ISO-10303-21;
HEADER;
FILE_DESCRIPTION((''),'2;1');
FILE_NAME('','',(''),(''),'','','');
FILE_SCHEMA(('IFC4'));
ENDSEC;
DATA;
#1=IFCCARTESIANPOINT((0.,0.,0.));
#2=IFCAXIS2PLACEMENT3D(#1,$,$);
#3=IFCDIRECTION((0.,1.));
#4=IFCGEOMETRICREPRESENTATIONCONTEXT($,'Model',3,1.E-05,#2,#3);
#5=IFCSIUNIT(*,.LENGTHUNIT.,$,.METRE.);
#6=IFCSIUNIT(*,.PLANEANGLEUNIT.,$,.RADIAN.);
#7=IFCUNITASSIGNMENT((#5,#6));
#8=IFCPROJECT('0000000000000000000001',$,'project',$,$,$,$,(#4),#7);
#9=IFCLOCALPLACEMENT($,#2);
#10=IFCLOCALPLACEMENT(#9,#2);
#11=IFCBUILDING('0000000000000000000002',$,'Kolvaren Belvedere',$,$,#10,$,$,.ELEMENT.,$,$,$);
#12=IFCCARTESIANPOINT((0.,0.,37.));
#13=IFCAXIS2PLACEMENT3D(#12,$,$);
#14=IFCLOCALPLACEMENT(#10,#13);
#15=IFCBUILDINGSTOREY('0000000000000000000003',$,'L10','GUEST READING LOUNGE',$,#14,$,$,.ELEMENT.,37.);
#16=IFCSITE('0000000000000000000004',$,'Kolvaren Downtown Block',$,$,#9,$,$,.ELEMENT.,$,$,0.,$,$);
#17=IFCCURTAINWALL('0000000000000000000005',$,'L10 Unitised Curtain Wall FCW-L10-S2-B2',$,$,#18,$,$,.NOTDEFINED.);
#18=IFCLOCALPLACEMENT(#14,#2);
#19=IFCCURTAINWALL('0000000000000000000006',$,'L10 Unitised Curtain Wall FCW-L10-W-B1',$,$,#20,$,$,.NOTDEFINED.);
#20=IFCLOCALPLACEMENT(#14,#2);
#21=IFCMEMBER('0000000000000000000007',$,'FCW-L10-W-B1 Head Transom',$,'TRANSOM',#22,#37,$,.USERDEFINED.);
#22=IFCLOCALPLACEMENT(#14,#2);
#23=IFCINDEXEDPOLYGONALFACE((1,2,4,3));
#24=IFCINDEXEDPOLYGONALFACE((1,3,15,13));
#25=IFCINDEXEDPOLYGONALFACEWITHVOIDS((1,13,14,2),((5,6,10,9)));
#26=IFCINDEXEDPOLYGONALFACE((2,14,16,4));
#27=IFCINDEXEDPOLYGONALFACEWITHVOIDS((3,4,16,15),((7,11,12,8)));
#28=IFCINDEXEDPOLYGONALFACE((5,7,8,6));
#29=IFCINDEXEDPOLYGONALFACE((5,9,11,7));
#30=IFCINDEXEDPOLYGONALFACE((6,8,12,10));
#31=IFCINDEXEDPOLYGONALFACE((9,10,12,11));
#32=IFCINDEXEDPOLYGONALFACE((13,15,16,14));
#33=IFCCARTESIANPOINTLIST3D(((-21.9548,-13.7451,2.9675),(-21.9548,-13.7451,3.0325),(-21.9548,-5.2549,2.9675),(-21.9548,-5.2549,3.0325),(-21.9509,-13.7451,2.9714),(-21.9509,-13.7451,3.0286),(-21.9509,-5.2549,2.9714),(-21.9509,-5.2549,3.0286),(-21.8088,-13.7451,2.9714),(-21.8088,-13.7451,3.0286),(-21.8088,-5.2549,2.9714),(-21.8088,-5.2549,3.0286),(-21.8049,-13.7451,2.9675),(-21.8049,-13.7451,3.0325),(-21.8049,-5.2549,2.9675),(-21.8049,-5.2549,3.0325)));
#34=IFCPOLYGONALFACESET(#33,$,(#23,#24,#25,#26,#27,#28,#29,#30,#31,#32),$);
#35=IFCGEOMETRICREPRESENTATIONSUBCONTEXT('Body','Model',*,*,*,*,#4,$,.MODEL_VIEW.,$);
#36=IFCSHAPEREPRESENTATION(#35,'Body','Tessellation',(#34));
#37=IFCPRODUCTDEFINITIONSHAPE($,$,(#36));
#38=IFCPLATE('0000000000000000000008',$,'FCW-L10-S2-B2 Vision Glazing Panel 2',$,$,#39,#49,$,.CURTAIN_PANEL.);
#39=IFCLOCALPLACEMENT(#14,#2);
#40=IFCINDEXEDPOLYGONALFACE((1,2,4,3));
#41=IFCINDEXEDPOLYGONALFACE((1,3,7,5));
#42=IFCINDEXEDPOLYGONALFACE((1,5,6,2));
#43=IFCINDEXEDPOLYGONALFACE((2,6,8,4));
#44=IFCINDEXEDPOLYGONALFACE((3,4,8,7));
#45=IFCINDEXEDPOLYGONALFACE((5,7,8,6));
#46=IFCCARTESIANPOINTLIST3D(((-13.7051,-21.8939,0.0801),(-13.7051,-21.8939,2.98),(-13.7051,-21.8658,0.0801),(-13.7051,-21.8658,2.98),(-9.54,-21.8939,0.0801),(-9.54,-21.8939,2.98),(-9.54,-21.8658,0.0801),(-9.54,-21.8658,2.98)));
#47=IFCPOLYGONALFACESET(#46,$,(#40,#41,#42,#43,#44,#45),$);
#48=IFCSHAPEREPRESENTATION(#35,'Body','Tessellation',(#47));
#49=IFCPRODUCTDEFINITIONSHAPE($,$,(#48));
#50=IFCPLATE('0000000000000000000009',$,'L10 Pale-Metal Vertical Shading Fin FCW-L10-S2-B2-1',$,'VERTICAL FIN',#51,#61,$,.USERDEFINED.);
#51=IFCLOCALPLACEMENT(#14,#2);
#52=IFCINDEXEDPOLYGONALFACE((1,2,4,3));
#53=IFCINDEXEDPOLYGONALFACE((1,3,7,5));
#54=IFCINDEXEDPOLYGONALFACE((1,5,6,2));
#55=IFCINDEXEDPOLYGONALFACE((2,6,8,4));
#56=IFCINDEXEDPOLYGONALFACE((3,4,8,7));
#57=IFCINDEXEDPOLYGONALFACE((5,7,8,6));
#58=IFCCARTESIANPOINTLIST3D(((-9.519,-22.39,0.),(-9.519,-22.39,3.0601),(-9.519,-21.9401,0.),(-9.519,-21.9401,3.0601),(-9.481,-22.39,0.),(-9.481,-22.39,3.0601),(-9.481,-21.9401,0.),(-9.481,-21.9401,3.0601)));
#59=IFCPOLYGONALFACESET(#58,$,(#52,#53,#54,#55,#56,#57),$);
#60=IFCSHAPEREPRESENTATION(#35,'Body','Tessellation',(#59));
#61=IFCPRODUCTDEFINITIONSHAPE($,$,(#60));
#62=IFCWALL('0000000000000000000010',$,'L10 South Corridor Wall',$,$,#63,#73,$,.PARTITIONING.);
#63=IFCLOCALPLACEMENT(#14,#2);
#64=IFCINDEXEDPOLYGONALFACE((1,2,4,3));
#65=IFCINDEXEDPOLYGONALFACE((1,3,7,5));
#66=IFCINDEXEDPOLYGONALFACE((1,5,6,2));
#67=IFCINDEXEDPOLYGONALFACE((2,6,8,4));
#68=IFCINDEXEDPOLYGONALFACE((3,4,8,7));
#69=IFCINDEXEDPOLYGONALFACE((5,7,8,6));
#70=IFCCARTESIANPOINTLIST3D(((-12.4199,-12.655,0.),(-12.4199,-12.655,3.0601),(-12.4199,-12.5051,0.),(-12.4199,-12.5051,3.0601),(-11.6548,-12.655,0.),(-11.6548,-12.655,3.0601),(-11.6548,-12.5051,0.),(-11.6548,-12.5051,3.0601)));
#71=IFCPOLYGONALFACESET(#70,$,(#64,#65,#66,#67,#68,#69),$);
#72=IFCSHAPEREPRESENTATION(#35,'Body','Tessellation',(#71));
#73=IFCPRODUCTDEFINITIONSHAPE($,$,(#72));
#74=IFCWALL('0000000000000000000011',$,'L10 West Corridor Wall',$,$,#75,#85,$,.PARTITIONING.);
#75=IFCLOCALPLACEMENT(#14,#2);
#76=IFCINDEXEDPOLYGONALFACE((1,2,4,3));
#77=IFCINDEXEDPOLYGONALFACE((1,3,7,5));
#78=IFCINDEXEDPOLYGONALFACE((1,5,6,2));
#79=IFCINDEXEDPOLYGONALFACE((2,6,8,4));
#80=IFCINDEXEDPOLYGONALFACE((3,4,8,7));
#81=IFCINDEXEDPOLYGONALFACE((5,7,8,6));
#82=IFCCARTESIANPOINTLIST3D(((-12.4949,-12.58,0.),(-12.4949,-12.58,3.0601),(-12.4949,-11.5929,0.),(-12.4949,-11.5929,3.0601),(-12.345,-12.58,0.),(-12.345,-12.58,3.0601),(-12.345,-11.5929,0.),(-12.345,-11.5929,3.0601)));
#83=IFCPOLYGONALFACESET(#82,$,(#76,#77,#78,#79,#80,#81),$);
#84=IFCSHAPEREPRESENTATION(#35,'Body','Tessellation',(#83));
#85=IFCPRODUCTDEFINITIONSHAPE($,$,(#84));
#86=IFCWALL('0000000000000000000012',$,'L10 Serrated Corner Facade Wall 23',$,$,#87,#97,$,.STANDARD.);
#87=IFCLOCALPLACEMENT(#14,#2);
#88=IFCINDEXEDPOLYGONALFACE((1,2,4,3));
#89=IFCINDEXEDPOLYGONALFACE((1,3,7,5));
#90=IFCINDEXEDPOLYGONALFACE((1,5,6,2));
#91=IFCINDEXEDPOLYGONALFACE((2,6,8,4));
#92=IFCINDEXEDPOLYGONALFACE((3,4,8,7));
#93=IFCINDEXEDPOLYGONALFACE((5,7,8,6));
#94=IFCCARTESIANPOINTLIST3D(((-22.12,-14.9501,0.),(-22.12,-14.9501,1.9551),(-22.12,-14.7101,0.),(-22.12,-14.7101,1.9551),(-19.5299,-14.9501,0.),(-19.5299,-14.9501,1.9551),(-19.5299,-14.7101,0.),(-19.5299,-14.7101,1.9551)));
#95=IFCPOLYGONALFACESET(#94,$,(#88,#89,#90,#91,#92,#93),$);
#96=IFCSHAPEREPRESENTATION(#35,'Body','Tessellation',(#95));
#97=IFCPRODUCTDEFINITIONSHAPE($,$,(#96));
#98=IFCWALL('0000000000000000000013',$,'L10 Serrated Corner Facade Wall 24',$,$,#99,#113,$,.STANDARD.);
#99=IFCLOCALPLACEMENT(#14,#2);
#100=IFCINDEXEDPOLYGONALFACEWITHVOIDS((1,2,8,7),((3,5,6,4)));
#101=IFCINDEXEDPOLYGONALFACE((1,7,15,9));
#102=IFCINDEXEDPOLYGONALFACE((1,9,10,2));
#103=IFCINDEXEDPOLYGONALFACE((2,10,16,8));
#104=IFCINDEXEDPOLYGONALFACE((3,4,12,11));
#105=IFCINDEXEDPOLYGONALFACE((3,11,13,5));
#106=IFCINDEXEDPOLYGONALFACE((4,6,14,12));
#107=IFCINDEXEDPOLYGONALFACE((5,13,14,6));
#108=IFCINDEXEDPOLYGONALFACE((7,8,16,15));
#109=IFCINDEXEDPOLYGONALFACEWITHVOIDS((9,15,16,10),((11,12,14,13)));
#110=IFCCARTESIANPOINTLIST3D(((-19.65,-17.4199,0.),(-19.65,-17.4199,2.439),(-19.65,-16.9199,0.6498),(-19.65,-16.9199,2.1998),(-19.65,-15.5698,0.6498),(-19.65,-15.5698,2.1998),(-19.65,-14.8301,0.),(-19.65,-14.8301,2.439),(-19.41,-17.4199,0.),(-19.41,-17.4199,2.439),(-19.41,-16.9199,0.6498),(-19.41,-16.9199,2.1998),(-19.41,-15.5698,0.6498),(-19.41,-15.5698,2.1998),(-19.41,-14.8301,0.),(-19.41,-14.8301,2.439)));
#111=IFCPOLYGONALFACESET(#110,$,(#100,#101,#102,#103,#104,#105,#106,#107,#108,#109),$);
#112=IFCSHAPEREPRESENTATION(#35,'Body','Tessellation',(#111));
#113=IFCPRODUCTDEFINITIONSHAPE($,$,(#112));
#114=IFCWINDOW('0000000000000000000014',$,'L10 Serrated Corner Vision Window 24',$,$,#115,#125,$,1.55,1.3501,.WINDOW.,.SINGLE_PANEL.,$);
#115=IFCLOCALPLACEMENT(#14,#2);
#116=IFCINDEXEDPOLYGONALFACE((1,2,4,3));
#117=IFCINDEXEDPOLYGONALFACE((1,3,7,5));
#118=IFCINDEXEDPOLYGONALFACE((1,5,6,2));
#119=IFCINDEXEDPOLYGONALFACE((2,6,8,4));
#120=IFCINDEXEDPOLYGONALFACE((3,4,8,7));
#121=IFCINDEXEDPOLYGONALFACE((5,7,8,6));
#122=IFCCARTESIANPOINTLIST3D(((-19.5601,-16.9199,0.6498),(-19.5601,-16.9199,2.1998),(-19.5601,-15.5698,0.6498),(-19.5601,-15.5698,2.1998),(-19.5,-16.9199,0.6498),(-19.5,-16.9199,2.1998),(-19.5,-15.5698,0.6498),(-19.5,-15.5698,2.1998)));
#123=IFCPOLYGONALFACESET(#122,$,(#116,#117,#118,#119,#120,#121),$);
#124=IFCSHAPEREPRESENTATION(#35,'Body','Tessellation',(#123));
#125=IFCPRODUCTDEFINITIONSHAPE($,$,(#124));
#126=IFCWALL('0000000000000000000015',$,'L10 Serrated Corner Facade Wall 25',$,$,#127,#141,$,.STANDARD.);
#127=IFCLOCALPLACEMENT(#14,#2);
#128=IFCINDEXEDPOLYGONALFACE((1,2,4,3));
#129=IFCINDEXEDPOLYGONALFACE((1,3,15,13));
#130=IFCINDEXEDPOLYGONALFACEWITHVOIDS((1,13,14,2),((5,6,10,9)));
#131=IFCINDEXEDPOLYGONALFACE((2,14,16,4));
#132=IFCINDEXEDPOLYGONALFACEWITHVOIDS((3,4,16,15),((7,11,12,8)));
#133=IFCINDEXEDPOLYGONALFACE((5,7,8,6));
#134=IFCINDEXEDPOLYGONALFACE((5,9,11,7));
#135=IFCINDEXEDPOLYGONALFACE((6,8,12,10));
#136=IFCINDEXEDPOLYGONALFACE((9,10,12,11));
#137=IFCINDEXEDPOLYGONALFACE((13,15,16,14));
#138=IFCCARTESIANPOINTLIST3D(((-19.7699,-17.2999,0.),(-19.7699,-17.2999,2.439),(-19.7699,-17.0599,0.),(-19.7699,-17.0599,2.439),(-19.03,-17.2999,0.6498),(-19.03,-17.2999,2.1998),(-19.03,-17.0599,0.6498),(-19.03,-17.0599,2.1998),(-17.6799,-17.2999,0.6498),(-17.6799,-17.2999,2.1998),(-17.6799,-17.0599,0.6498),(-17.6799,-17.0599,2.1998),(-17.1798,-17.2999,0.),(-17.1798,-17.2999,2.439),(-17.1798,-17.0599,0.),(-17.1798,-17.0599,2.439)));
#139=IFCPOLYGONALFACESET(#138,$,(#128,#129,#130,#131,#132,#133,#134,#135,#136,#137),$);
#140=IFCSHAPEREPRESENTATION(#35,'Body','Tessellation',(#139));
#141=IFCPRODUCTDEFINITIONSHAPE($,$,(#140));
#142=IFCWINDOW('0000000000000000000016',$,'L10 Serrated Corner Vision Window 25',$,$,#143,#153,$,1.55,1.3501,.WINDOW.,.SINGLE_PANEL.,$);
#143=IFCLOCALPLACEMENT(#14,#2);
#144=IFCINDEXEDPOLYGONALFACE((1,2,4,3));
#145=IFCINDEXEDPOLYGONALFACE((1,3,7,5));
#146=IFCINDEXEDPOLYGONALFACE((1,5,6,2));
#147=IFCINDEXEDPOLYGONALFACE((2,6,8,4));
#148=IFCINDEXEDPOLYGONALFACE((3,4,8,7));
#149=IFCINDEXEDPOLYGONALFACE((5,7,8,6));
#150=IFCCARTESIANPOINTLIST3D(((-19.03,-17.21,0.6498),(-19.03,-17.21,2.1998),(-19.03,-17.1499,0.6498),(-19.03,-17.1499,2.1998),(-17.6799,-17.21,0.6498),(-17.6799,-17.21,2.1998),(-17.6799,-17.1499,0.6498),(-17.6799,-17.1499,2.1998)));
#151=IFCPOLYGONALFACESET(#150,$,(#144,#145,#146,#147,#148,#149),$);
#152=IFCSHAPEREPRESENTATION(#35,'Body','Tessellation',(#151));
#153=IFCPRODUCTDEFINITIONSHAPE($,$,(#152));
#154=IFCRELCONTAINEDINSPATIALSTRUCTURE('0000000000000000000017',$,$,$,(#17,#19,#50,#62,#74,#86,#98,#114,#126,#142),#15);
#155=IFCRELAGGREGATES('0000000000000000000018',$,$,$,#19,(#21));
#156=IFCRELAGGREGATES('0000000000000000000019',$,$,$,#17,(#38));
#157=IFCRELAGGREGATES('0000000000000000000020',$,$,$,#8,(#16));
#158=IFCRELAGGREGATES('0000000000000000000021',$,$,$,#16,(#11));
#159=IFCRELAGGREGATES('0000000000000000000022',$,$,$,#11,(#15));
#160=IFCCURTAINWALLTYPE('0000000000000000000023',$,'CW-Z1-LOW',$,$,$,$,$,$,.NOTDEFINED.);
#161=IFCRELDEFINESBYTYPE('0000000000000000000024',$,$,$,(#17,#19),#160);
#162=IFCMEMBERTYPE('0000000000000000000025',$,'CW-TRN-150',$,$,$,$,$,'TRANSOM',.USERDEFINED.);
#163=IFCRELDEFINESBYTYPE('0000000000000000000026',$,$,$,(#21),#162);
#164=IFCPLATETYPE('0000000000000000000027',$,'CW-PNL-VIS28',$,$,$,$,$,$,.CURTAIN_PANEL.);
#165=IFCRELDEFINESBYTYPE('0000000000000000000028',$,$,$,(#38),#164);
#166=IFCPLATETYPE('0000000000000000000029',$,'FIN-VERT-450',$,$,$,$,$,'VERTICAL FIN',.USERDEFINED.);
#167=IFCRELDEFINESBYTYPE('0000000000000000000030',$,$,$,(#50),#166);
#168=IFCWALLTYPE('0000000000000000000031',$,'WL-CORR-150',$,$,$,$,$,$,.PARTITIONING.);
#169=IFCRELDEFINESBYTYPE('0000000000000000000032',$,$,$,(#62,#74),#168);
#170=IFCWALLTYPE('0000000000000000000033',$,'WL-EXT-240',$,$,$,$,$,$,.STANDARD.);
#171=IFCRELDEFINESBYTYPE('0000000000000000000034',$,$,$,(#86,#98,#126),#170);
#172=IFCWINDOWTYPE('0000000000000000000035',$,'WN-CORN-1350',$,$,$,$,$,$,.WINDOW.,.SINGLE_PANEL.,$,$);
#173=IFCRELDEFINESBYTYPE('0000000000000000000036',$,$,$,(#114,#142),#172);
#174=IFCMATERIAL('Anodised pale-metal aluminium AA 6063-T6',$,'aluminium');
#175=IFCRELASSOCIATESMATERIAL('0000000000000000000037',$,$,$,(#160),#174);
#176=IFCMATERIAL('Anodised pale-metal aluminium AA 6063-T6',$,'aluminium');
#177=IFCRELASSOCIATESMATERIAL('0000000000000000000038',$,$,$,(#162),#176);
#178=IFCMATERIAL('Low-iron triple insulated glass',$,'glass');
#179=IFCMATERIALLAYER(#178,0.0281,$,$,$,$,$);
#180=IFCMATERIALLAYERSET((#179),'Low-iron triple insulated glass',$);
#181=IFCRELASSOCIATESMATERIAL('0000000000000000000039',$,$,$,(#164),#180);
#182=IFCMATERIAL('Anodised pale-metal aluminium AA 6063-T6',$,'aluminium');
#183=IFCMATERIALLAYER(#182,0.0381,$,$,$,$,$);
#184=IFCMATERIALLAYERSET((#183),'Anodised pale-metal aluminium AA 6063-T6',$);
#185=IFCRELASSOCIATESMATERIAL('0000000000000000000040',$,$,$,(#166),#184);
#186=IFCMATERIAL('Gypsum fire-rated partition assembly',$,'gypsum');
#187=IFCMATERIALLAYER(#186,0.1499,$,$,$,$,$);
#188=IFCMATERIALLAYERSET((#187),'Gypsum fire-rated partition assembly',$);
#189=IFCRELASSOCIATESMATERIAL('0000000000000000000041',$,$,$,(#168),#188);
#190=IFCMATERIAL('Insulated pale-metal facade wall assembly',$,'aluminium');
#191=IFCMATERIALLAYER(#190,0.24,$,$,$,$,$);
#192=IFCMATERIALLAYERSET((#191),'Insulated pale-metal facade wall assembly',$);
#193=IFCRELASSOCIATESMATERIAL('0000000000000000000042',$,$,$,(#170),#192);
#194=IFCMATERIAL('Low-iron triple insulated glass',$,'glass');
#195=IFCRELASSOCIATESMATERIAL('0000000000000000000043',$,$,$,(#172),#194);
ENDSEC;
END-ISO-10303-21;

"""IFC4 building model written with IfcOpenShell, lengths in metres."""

from ifc_helpers import new_model, si_unit, direction, frame, frame_2d, origin, origin_2d, place, context, subcontext, project, spatial, rectangle, hollow_rectangle, extrude, material, layer, layer_set, material_profile, profile_set, type_object, element, fill, aggregate, save


model = new_model("IFC4")

# Units and contexts
model_context = context("Model", 3, precision=1e-05, world=origin(), true_north=direction((0.0, 1.0)))
body_context = subcontext(model_context, "Body", "Model", "MODEL_VIEW")
ifc_project = project(units=[si_unit("LENGTHUNIT", "METRE"), si_unit("PLANEANGLEUNIT", "RADIAN")], contexts=[model_context])

# Site, building, storey
site_placement = place(None, origin())
site = spatial("IfcSite", under=ifc_project, at=site_placement, Name="Kolvaren Downtown Block", CompositionType="ELEMENT", RefElevation=0.0)
building_placement = place(site_placement, origin())
building = spatial("IfcBuilding", under=site, at=building_placement, Name="Kolvaren Belvedere", CompositionType="ELEMENT")
storey_placement = place(building_placement, frame((0.0, 0.0, 37.0)))
storey = spatial("IfcBuildingStorey", under=building, at=storey_placement, Name="L10", Description="GUEST READING LOUNGE", CompositionType="ELEMENT", Elevation=37.0)

# Curtain walls, member
ifc_material_1 = material(Name="Anodised pale-metal aluminium AA 6063-T6", Category="aluminium")
curtain_wall_type = type_object("IfcCurtainWallType", Name="CW-Z1-LOW", PredefinedType="NOTDEFINED", material=ifc_material_1)
curtain_wall_1_placement = place(storey_placement, origin())
curtain_wall_1 = element("IfcCurtainWall", 1, at=curtain_wall_1_placement, inside=storey, type_object=curtain_wall_type, Name="L10 Unitised Curtain Wall FCW-L10-S2-B2", PredefinedType="NOTDEFINED")
curtain_wall_2_placement = place(storey_placement, origin())
curtain_wall_2 = element("IfcCurtainWall", 2, at=curtain_wall_2_placement, inside=storey, type_object=curtain_wall_type, Name="L10 Unitised Curtain Wall FCW-L10-W-B1", PredefinedType="NOTDEFINED")
ifc_material_2 = material(Name="Anodised pale-metal aluminium AA 6063-T6", Category="aluminium")
ifc_material_profile_1 = material_profile(ifc_material_2, hollow_rectangle(XDim=0.0649, YDim=0.1499, WallThickness=0.0039, at=origin_2d()), Name="ALU-TRN-150X65")
ifc_profile_set_1 = profile_set([ifc_material_profile_1], Name="Anodised pale-metal aluminium AA 6063-T6")
member_type_1 = type_object("IfcMemberType", Name="CW-TRN-150", ElementType="TRANSOM", PredefinedType="USERDEFINED", material=ifc_profile_set_1)
member_1_placement = place(storey_placement, frame((-21.8799, -13.7451, 3.0), z_axis=(0.0, 1.0, 0.0), x_axis=(0.0, 0.0, 1.0)))
member_1 = element("IfcMember", 3, at=member_1_placement, type_object=member_type_1, Name="FCW-L10-W-B1 Head Transom", ObjectType="TRANSOM", PredefinedType="USERDEFINED", context=body_context, shape_type="SweptSolid", body=[
    extrude(hollow_rectangle(XDim=0.0649, YDim=0.1499, WallThickness=0.0039, at=origin_2d()), origin(), (0.0, 0.0, 1.0), 8.4902),
])
aggregate(curtain_wall_2, [member_1])

# Plates
ifc_material_3 = material(Name="Low-iron triple insulated glass", Category="glass")
ifc_layer_1 = layer(ifc_material_3, 0.0281)
ifc_layer_set_1 = layer_set([ifc_layer_1], Name="Low-iron triple insulated glass")
plate_type_1 = type_object("IfcPlateType", Name="CW-PNL-VIS28", PredefinedType="CURTAIN_PANEL", material=ifc_layer_set_1)
plate_1_placement = place(storey_placement, frame((-11.6226, -21.8799, 0.0801), z_axis=(0.0, 0.0, 1.0), x_axis=(-1.0, 0.0, 0.0)))
plate_1 = element("IfcPlate", 4, at=plate_1_placement, type_object=plate_type_1, Name="FCW-L10-S2-B2 Vision Glazing Panel 2", PredefinedType="CURTAIN_PANEL", context=body_context, shape_type="SweptSolid", body=[
    extrude(rectangle(XDim=4.165, YDim=0.0281, at=origin_2d()), origin(), (0.0, 0.0, 1.0), 2.8999),
])
aggregate(curtain_wall_1, [plate_1])
ifc_material_4 = material(Name="Anodised pale-metal aluminium AA 6063-T6", Category="aluminium")
ifc_layer_2 = layer(ifc_material_4, 0.0381)
ifc_layer_set_2 = layer_set([ifc_layer_2], Name="Anodised pale-metal aluminium AA 6063-T6")
plate_type_2 = type_object("IfcPlateType", Name="FIN-VERT-450", ElementType="VERTICAL FIN", PredefinedType="USERDEFINED", material=ifc_layer_set_2)
plate_2_placement = place(storey_placement, frame((-9.5, -22.165, 0.0), z_axis=(0.0, 0.0, 1.0), x_axis=(0.0, 1.0, 0.0)))
element("IfcPlate", 5, at=plate_2_placement, inside=storey, type_object=plate_type_2, Name="L10 Pale-Metal Vertical Shading Fin FCW-L10-S2-B2-1", ObjectType="VERTICAL FIN", PredefinedType="USERDEFINED", context=body_context, shape_type="SweptSolid", body=[
    extrude(rectangle(XDim=0.45, YDim=0.0381, at=origin_2d()), origin(), (0.0, 0.0, 1.0), 3.0601),
])

# Walls
ifc_material_5 = material(Name="Gypsum fire-rated partition assembly", Category="gypsum")
ifc_layer_3 = layer(ifc_material_5, 0.1499)
ifc_layer_set_3 = layer_set([ifc_layer_3], Name="Gypsum fire-rated partition assembly")
wall_type_1 = type_object("IfcWallType", Name="WL-CORR-150", PredefinedType="PARTITIONING", material=ifc_layer_set_3)
wall_1_placement = place(storey_placement, frame((-12.4199, -12.5801, 0.0), z_axis=(0.0, 0.0, 1.0), x_axis=(1.0, 0.0, 0.0)))
element("IfcWall", 6, at=wall_1_placement, inside=storey, type_object=wall_type_1, Name="L10 South Corridor Wall", PredefinedType="PARTITIONING", context=body_context, shape_type="SweptSolid", body=[
    extrude(rectangle(XDim=0.7651, YDim=0.1499, at=frame_2d((0.3826, 0.0))), origin(), (0.0, 0.0, 1.0), 3.0601),
])
wall_2_placement = place(storey_placement, frame((-12.4199, -12.5801, 0.0), z_axis=(0.0, 0.0, 1.0), x_axis=(0.0, 1.0, 0.0)))
element("IfcWall", 7, at=wall_2_placement, inside=storey, type_object=wall_type_1, Name="L10 West Corridor Wall", PredefinedType="PARTITIONING", context=body_context, shape_type="SweptSolid", body=[
    extrude(rectangle(XDim=0.9871, YDim=0.1499, at=frame_2d((0.4937, 0.0))), origin(), (0.0, 0.0, 1.0), 3.0601),
])
ifc_material_6 = material(Name="Insulated pale-metal facade wall assembly", Category="aluminium")
ifc_layer_4 = layer(ifc_material_6, 0.24)
ifc_layer_set_4 = layer_set([ifc_layer_4], Name="Insulated pale-metal facade wall assembly")
wall_type_2 = type_object("IfcWallType", Name="WL-EXT-240", PredefinedType="STANDARD", material=ifc_layer_set_4)
wall_3_placement = place(storey_placement, frame((-19.53, -14.8301, 0.0), z_axis=(0.0, 0.0, 1.0), x_axis=(-1.0, 0.0, 0.0)))
element("IfcWall", 8, at=wall_3_placement, inside=storey, type_object=wall_type_2, Name="L10 Serrated Corner Facade Wall 23", PredefinedType="STANDARD", context=body_context, shape_type="SweptSolid", body=[
    extrude(rectangle(XDim=2.5901, YDim=0.24, at=frame_2d((1.2949, 0.0))), origin(), (0.0, 0.0, 1.0), 1.9551),
])

# Walls, openings, windows
wall_4_placement = place(storey_placement, frame((-19.53, -17.4199, 0.0), z_axis=(0.0, 0.0, 1.0), x_axis=(0.0, 1.0, 0.0)))
wall_4 = element("IfcWall", 9, at=wall_4_placement, inside=storey, type_object=wall_type_2, Name="L10 Serrated Corner Facade Wall 24", PredefinedType="STANDARD", context=body_context, shape_type="SweptSolid", body=[
    extrude(rectangle(XDim=2.5898, YDim=0.24, at=frame_2d((1.2949, 0.0))), origin(), (0.0, 0.0, 1.0), 2.439),
])
opening_1_placement = place(wall_4_placement, frame((0.5, 0.0, 0.6499)))
opening_1 = element("IfcOpeningElement", 10, at=opening_1_placement, cuts=wall_4, PredefinedType="OPENING", context=body_context, shape_type="SweptSolid", body=[
    extrude(rectangle(XDim=1.3501, YDim=1.55, at=frame_2d((0.675, 0.7749))), frame((0.0, 0.1299, 0.0), z_axis=(0.0, -1.0, 0.0), x_axis=(1.0, 0.0, 0.0)), (0.0, 0.0, 1.0), 0.26),
])
ifc_material_7 = material(Name="Low-iron triple insulated glass", Category="glass")
window_type = type_object("IfcWindowType", Name="WN-CORN-1350", PartitioningType="SINGLE_PANEL", PredefinedType="WINDOW", material=ifc_material_7)
window_1_placement = place(opening_1_placement, origin())
window_1 = element("IfcWindow", 11, at=window_1_placement, inside=storey, type_object=window_type, Name="L10 Serrated Corner Vision Window 24", OverallHeight=1.55, OverallWidth=1.3501, PartitioningType="SINGLE_PANEL", PredefinedType="WINDOW", context=body_context, shape_type="SweptSolid", body=[
    extrude(rectangle(XDim=1.3501, YDim=1.55, at=frame_2d((0.675, 0.7749))), frame((0.0, 0.03, 0.0), z_axis=(0.0, -1.0, 0.0), x_axis=(1.0, 0.0, 0.0)), (0.0, 0.0, 1.0), 0.0601),
])
fill(opening_1, window_1)
wall_5_placement = place(storey_placement, frame((-17.1799, -17.1799, 0.0), z_axis=(0.0, 0.0, 1.0), x_axis=(-1.0, 0.0, 0.0)))
wall_5 = element("IfcWall", 12, at=wall_5_placement, inside=storey, type_object=wall_type_2, Name="L10 Serrated Corner Facade Wall 25", PredefinedType="STANDARD", context=body_context, shape_type="SweptSolid", body=[
    extrude(rectangle(XDim=2.5901, YDim=0.24, at=frame_2d((1.2949, 0.0))), origin(), (0.0, 0.0, 1.0), 2.439),
])
opening_2_placement = place(wall_5_placement, frame((0.5, 0.0, 0.6499)))
opening_2 = element("IfcOpeningElement", 13, at=opening_2_placement, cuts=wall_5, PredefinedType="OPENING", context=body_context, shape_type="SweptSolid", body=[
    extrude(rectangle(XDim=1.3501, YDim=1.55, at=frame_2d((0.675, 0.7749))), frame((0.0, 0.1299, 0.0), z_axis=(0.0, -1.0, 0.0), x_axis=(1.0, 0.0, 0.0)), (0.0, 0.0, 1.0), 0.26),
])
window_2_placement = place(opening_2_placement, origin())
window_2 = element("IfcWindow", 14, at=window_2_placement, inside=storey, type_object=window_type, Name="L10 Serrated Corner Vision Window 25", OverallHeight=1.55, OverallWidth=1.3501, PartitioningType="SINGLE_PANEL", PredefinedType="WINDOW", context=body_context, shape_type="SweptSolid", body=[
    extrude(rectangle(XDim=1.3501, YDim=1.55, at=frame_2d((0.675, 0.7749))), frame((0.0, 0.03, 0.0), z_axis=(0.0, -1.0, 0.0), x_axis=(1.0, 0.0, 0.0)), (0.0, 0.0, 1.0), 0.0601),
])
fill(opening_2, window_2)

save(model, "model.ifc")
